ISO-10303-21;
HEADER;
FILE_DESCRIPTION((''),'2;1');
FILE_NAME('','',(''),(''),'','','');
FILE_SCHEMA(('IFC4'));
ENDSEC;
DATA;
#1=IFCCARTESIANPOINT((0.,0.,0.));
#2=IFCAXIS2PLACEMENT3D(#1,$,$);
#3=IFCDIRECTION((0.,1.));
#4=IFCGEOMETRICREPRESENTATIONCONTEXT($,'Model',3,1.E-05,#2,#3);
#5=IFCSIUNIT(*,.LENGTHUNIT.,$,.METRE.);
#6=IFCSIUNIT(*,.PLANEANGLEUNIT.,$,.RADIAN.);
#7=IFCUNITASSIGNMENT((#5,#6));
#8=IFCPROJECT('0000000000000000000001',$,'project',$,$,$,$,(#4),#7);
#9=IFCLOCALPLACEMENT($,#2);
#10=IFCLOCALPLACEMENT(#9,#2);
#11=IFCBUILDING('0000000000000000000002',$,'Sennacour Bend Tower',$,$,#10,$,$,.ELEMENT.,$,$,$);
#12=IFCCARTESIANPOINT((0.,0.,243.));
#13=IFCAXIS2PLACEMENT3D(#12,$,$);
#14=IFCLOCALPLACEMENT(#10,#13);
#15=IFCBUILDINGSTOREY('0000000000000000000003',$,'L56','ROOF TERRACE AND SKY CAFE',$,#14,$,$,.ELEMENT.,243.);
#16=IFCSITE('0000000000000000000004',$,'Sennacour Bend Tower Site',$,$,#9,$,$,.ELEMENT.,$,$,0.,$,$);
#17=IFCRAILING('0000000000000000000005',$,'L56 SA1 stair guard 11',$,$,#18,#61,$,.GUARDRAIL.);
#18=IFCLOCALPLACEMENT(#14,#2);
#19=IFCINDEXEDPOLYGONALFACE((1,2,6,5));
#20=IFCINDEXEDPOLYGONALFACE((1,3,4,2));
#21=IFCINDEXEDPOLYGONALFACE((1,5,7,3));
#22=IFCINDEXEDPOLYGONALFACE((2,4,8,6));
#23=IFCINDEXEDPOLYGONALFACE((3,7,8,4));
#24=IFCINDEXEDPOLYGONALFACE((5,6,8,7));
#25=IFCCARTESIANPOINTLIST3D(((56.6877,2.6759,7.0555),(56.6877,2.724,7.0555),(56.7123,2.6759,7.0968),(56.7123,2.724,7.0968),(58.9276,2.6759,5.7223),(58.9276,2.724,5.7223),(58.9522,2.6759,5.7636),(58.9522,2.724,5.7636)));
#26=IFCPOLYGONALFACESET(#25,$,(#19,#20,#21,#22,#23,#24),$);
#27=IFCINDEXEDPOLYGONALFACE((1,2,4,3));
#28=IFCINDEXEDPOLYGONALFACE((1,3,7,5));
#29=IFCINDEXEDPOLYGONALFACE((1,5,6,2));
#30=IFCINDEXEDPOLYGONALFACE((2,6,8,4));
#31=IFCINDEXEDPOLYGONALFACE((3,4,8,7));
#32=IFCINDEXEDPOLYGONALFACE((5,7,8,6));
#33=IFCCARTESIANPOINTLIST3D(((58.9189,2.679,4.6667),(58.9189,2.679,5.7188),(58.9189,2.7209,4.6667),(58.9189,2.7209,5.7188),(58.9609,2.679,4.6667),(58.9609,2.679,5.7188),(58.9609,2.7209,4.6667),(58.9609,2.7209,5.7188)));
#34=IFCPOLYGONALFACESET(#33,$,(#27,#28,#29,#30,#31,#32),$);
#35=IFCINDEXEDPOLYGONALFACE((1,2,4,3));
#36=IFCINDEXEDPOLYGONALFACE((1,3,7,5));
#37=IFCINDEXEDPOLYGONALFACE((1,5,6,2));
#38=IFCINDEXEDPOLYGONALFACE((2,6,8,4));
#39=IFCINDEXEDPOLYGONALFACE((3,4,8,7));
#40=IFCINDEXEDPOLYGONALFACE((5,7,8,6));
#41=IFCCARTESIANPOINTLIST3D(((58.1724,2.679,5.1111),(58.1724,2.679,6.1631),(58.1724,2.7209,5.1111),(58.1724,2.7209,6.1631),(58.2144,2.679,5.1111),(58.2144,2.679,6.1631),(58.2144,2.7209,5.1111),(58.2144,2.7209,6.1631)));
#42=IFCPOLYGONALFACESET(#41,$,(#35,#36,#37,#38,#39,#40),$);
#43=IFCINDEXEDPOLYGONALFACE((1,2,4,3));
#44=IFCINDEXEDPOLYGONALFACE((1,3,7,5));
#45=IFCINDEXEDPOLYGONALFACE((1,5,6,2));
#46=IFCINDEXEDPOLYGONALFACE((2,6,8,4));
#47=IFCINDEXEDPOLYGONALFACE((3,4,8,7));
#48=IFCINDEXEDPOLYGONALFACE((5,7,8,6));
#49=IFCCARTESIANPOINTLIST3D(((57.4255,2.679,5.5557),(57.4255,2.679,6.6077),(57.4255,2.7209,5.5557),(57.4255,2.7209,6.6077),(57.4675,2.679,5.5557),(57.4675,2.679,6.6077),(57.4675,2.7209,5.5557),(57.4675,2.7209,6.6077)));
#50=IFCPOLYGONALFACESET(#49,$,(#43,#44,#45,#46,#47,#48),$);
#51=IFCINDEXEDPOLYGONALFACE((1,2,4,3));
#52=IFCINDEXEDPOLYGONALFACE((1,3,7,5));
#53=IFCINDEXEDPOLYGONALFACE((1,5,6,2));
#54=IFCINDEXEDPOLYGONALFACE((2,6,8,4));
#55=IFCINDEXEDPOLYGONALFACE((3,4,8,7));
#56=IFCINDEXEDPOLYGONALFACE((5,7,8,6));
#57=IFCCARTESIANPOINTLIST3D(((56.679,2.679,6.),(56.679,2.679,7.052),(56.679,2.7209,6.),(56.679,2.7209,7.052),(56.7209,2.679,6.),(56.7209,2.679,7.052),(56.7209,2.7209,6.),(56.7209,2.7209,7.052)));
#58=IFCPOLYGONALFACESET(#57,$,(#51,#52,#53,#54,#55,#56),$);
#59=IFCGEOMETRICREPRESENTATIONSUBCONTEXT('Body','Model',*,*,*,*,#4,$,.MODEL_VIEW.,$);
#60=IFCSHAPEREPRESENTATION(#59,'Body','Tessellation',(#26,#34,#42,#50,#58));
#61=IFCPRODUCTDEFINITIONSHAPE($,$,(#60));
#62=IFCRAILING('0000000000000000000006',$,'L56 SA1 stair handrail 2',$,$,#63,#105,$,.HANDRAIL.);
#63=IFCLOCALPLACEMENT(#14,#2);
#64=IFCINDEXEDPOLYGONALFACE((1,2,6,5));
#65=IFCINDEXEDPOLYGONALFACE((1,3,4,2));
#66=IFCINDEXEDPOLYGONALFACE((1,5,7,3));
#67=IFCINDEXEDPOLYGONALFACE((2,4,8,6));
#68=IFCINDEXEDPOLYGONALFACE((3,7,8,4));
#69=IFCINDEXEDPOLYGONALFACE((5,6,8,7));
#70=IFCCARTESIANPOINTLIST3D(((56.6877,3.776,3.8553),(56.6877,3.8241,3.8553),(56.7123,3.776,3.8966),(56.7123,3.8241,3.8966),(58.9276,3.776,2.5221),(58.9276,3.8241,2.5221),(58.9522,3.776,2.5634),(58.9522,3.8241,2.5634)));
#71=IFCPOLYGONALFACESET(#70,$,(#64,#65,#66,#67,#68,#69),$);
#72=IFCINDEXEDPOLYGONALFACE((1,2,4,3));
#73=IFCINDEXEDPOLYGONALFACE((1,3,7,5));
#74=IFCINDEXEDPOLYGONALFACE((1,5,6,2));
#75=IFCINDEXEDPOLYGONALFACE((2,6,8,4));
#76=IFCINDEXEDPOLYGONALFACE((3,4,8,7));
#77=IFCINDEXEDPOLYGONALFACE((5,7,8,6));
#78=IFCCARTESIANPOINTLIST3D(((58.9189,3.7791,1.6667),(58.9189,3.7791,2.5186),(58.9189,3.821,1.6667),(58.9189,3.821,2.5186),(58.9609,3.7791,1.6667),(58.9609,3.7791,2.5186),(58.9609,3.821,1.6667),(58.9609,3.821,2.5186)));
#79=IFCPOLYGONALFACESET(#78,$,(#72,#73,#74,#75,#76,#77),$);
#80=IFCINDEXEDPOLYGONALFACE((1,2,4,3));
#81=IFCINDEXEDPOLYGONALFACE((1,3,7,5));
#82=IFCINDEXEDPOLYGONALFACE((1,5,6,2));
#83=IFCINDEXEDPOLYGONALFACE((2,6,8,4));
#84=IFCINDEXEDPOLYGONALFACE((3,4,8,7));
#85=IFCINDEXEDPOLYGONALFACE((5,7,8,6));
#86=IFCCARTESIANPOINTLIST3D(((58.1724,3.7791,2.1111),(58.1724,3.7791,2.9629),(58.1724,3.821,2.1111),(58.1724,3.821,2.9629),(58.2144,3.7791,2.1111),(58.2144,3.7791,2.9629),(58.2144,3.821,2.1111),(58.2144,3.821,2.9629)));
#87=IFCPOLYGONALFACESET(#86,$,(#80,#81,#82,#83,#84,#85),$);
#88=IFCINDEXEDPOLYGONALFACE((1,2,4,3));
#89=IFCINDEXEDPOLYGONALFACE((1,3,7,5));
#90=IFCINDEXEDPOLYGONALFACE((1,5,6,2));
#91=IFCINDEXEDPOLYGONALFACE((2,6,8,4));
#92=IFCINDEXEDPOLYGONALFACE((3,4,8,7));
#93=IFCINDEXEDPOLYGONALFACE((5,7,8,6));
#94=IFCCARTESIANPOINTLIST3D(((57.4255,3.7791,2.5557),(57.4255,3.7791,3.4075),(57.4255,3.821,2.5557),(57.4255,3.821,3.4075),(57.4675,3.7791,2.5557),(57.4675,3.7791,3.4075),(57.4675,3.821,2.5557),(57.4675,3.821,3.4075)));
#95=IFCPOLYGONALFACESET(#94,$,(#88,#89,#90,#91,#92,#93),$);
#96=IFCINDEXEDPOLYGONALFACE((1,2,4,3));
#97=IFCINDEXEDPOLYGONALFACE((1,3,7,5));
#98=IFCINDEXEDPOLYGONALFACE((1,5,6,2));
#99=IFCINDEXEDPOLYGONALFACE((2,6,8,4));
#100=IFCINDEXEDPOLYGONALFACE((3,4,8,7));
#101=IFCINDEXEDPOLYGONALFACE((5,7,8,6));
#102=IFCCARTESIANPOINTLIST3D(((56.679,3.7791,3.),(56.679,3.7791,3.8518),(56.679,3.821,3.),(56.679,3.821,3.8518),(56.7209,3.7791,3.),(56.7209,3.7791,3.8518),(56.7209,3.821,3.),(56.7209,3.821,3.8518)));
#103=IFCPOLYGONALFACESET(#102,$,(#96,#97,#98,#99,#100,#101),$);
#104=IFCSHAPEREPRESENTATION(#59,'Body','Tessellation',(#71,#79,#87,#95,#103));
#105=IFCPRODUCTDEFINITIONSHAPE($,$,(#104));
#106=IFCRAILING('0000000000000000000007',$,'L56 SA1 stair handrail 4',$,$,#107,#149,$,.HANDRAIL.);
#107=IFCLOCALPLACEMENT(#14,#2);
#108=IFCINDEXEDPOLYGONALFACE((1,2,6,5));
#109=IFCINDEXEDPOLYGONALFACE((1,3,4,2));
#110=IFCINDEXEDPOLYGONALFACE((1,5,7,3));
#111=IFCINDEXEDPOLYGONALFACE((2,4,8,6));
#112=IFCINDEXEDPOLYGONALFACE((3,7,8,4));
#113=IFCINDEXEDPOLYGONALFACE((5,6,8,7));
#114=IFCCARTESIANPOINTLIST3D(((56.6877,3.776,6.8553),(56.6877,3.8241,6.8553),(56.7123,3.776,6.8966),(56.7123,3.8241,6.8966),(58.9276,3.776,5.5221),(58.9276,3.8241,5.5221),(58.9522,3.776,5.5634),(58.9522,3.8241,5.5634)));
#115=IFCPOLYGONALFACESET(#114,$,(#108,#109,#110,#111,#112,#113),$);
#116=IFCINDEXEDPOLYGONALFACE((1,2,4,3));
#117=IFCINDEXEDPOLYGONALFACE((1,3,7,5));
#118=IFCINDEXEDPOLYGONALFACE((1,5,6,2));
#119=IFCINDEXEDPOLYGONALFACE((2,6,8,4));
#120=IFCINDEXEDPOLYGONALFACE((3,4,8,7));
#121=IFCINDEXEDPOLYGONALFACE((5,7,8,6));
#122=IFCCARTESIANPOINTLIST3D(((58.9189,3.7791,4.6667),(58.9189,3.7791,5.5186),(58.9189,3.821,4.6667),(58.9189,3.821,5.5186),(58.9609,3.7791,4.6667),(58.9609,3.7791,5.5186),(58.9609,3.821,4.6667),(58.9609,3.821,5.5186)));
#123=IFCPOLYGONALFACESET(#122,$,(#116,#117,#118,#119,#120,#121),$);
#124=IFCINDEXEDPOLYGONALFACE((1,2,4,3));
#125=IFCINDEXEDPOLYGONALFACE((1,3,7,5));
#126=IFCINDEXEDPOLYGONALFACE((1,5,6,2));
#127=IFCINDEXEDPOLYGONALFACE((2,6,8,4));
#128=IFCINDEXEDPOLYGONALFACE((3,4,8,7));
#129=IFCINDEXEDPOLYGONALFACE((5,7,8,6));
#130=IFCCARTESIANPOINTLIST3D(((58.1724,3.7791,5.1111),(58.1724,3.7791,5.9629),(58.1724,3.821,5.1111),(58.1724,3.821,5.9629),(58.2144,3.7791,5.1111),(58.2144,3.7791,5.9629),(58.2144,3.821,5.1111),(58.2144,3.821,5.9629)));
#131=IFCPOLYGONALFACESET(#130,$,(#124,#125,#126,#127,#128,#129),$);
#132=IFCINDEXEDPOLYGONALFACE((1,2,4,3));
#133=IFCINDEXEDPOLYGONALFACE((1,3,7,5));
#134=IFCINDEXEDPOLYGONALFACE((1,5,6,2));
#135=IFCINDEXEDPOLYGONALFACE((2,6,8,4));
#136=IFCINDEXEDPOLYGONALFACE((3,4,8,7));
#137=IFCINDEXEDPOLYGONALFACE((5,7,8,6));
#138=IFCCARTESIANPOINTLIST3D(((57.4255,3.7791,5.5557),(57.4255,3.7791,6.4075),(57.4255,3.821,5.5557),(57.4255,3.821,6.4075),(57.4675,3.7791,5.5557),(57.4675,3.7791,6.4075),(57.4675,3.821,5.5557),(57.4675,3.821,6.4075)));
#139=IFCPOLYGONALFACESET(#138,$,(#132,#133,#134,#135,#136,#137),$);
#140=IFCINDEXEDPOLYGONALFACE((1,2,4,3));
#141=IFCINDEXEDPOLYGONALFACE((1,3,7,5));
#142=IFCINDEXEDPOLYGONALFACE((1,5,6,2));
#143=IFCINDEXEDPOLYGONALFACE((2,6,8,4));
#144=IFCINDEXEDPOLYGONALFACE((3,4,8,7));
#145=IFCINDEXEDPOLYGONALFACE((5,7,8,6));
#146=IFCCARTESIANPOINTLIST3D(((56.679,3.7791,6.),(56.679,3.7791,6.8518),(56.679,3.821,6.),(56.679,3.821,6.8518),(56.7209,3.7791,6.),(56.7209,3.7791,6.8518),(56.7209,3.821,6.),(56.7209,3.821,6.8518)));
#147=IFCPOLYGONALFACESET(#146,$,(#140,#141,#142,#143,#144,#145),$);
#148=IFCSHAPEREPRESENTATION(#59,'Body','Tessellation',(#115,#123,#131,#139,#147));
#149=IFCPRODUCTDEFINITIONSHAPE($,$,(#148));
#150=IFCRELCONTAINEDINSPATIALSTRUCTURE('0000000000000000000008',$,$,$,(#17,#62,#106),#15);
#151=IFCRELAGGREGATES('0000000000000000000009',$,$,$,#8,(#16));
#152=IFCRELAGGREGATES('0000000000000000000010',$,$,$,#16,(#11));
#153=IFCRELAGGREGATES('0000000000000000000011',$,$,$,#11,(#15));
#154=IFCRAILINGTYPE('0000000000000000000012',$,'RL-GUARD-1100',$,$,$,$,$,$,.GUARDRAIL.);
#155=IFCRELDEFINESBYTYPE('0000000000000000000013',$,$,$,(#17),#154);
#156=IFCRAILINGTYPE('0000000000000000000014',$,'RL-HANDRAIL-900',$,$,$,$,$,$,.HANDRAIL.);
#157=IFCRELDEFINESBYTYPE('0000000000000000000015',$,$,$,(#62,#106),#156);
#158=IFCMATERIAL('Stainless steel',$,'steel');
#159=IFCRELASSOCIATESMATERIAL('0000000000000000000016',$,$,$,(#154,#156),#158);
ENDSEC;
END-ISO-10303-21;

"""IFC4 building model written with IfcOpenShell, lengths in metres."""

from ifc_helpers import new_model, si_unit, direction, frame, origin, origin_2d, place, context, subcontext, project, spatial, rectangle, extrude, material, type_object, element, save


model = new_model("IFC4")

# Units and contexts
model_context = context("Model", 3, precision=1e-05, world=origin(), true_north=direction((0.0, 1.0)))
body_context = subcontext(model_context, "Body", "Model", "MODEL_VIEW")
ifc_project = project(units=[si_unit("LENGTHUNIT", "METRE"), si_unit("PLANEANGLEUNIT", "RADIAN")], contexts=[model_context])

# Site, building, storey
site_placement = place(None, origin())
site = spatial("IfcSite", under=ifc_project, at=site_placement, Name="Sennacour Bend Tower Site", CompositionType="ELEMENT", RefElevation=0.0)
building_placement = place(site_placement, origin())
building = spatial("IfcBuilding", under=site, at=building_placement, Name="Sennacour Bend Tower", CompositionType="ELEMENT")
storey_placement = place(building_placement, frame((0.0, 0.0, 243.0)))
storey = spatial("IfcBuildingStorey", under=building, at=storey_placement, Name="L56", Description="ROOF TERRACE AND SKY CAFE", CompositionType="ELEMENT", Elevation=243.0)

# Railings
ifc_material_1 = material(Name="Stainless steel", Category="steel")
railing_type_1 = type_object("IfcRailingType", Name="RL-GUARD-1100", PredefinedType="GUARDRAIL", material=ifc_material_1)
railing_placement = place(storey_placement, frame((58.9399, 2.7, 4.6667)))
element("IfcRailing", 1, at=railing_placement, inside=storey, type_object=railing_type_1, Name="L56 SA1 stair guard 11", PredefinedType="GUARDRAIL", context=body_context, shape_type="SweptSolid", body=[
    extrude(rectangle(XDim=0.0481, YDim=0.0481, at=origin_2d()), frame((0.0, 0.0, 1.0762), z_axis=(-0.859306, 0.0, 0.511462), x_axis=(0.0, -1.0, 0.0)), (0.0, 0.0, 1.0), 2.6067),
    extrude(rectangle(XDim=0.042, YDim=0.042, at=origin_2d()), origin(), (0.0, 0.0, 1.0), 1.052),
    extrude(rectangle(XDim=0.042, YDim=0.042, at=origin_2d()), frame((-0.7466, 0.0, 0.4443)), (0.0, 0.0, 1.0), 1.052),
    extrude(rectangle(XDim=0.042, YDim=0.042, at=origin_2d()), frame((-1.4934, 0.0, 0.8889)), (0.0, 0.0, 1.0), 1.052),
    extrude(rectangle(XDim=0.042, YDim=0.042, at=origin_2d()), frame((-2.24, 0.0, 1.3333)), (0.0, 0.0, 1.0), 1.052),
])
railing_type_2 = type_object("IfcRailingType", Name="RL-HANDRAIL-900", PredefinedType="HANDRAIL", material=ifc_material_1)
for number, where, name in (
    (2, (58.9399, 3.8, 1.6667), "L56 SA1 stair handrail 2"),
    (3, (58.9399, 3.8, 4.6667), "L56 SA1 stair handrail 4"),
):
    element("IfcRailing", number, at=place(storey_placement, frame(where)), inside=storey, type_object=railing_type_2, Name=name, PredefinedType="HANDRAIL", context=body_context, shape_type="SweptSolid", body=[
        extrude(rectangle(XDim=0.0481, YDim=0.0481, at=origin_2d()), frame((0.0, 0.0, 0.876), z_axis=(-0.859306, 0.0, 0.511462), x_axis=(0.0, -1.0, 0.0)), (0.0, 0.0, 1.0), 2.6067),
        extrude(rectangle(XDim=0.042, YDim=0.042, at=origin_2d()), origin(), (0.0, 0.0, 1.0), 0.8518),
        extrude(rectangle(XDim=0.042, YDim=0.042, at=origin_2d()), frame((-0.7466, 0.0, 0.4443)), (0.0, 0.0, 1.0), 0.8518),
        extrude(rectangle(XDim=0.042, YDim=0.042, at=origin_2d()), frame((-1.4934, 0.0, 0.8889)), (0.0, 0.0, 1.0), 0.8518),
        extrude(rectangle(XDim=0.042, YDim=0.042, at=origin_2d()), frame((-2.24, 0.0, 1.3333)), (0.0, 0.0, 1.0), 0.8518),
    ])

save(model, "model.ifc")
